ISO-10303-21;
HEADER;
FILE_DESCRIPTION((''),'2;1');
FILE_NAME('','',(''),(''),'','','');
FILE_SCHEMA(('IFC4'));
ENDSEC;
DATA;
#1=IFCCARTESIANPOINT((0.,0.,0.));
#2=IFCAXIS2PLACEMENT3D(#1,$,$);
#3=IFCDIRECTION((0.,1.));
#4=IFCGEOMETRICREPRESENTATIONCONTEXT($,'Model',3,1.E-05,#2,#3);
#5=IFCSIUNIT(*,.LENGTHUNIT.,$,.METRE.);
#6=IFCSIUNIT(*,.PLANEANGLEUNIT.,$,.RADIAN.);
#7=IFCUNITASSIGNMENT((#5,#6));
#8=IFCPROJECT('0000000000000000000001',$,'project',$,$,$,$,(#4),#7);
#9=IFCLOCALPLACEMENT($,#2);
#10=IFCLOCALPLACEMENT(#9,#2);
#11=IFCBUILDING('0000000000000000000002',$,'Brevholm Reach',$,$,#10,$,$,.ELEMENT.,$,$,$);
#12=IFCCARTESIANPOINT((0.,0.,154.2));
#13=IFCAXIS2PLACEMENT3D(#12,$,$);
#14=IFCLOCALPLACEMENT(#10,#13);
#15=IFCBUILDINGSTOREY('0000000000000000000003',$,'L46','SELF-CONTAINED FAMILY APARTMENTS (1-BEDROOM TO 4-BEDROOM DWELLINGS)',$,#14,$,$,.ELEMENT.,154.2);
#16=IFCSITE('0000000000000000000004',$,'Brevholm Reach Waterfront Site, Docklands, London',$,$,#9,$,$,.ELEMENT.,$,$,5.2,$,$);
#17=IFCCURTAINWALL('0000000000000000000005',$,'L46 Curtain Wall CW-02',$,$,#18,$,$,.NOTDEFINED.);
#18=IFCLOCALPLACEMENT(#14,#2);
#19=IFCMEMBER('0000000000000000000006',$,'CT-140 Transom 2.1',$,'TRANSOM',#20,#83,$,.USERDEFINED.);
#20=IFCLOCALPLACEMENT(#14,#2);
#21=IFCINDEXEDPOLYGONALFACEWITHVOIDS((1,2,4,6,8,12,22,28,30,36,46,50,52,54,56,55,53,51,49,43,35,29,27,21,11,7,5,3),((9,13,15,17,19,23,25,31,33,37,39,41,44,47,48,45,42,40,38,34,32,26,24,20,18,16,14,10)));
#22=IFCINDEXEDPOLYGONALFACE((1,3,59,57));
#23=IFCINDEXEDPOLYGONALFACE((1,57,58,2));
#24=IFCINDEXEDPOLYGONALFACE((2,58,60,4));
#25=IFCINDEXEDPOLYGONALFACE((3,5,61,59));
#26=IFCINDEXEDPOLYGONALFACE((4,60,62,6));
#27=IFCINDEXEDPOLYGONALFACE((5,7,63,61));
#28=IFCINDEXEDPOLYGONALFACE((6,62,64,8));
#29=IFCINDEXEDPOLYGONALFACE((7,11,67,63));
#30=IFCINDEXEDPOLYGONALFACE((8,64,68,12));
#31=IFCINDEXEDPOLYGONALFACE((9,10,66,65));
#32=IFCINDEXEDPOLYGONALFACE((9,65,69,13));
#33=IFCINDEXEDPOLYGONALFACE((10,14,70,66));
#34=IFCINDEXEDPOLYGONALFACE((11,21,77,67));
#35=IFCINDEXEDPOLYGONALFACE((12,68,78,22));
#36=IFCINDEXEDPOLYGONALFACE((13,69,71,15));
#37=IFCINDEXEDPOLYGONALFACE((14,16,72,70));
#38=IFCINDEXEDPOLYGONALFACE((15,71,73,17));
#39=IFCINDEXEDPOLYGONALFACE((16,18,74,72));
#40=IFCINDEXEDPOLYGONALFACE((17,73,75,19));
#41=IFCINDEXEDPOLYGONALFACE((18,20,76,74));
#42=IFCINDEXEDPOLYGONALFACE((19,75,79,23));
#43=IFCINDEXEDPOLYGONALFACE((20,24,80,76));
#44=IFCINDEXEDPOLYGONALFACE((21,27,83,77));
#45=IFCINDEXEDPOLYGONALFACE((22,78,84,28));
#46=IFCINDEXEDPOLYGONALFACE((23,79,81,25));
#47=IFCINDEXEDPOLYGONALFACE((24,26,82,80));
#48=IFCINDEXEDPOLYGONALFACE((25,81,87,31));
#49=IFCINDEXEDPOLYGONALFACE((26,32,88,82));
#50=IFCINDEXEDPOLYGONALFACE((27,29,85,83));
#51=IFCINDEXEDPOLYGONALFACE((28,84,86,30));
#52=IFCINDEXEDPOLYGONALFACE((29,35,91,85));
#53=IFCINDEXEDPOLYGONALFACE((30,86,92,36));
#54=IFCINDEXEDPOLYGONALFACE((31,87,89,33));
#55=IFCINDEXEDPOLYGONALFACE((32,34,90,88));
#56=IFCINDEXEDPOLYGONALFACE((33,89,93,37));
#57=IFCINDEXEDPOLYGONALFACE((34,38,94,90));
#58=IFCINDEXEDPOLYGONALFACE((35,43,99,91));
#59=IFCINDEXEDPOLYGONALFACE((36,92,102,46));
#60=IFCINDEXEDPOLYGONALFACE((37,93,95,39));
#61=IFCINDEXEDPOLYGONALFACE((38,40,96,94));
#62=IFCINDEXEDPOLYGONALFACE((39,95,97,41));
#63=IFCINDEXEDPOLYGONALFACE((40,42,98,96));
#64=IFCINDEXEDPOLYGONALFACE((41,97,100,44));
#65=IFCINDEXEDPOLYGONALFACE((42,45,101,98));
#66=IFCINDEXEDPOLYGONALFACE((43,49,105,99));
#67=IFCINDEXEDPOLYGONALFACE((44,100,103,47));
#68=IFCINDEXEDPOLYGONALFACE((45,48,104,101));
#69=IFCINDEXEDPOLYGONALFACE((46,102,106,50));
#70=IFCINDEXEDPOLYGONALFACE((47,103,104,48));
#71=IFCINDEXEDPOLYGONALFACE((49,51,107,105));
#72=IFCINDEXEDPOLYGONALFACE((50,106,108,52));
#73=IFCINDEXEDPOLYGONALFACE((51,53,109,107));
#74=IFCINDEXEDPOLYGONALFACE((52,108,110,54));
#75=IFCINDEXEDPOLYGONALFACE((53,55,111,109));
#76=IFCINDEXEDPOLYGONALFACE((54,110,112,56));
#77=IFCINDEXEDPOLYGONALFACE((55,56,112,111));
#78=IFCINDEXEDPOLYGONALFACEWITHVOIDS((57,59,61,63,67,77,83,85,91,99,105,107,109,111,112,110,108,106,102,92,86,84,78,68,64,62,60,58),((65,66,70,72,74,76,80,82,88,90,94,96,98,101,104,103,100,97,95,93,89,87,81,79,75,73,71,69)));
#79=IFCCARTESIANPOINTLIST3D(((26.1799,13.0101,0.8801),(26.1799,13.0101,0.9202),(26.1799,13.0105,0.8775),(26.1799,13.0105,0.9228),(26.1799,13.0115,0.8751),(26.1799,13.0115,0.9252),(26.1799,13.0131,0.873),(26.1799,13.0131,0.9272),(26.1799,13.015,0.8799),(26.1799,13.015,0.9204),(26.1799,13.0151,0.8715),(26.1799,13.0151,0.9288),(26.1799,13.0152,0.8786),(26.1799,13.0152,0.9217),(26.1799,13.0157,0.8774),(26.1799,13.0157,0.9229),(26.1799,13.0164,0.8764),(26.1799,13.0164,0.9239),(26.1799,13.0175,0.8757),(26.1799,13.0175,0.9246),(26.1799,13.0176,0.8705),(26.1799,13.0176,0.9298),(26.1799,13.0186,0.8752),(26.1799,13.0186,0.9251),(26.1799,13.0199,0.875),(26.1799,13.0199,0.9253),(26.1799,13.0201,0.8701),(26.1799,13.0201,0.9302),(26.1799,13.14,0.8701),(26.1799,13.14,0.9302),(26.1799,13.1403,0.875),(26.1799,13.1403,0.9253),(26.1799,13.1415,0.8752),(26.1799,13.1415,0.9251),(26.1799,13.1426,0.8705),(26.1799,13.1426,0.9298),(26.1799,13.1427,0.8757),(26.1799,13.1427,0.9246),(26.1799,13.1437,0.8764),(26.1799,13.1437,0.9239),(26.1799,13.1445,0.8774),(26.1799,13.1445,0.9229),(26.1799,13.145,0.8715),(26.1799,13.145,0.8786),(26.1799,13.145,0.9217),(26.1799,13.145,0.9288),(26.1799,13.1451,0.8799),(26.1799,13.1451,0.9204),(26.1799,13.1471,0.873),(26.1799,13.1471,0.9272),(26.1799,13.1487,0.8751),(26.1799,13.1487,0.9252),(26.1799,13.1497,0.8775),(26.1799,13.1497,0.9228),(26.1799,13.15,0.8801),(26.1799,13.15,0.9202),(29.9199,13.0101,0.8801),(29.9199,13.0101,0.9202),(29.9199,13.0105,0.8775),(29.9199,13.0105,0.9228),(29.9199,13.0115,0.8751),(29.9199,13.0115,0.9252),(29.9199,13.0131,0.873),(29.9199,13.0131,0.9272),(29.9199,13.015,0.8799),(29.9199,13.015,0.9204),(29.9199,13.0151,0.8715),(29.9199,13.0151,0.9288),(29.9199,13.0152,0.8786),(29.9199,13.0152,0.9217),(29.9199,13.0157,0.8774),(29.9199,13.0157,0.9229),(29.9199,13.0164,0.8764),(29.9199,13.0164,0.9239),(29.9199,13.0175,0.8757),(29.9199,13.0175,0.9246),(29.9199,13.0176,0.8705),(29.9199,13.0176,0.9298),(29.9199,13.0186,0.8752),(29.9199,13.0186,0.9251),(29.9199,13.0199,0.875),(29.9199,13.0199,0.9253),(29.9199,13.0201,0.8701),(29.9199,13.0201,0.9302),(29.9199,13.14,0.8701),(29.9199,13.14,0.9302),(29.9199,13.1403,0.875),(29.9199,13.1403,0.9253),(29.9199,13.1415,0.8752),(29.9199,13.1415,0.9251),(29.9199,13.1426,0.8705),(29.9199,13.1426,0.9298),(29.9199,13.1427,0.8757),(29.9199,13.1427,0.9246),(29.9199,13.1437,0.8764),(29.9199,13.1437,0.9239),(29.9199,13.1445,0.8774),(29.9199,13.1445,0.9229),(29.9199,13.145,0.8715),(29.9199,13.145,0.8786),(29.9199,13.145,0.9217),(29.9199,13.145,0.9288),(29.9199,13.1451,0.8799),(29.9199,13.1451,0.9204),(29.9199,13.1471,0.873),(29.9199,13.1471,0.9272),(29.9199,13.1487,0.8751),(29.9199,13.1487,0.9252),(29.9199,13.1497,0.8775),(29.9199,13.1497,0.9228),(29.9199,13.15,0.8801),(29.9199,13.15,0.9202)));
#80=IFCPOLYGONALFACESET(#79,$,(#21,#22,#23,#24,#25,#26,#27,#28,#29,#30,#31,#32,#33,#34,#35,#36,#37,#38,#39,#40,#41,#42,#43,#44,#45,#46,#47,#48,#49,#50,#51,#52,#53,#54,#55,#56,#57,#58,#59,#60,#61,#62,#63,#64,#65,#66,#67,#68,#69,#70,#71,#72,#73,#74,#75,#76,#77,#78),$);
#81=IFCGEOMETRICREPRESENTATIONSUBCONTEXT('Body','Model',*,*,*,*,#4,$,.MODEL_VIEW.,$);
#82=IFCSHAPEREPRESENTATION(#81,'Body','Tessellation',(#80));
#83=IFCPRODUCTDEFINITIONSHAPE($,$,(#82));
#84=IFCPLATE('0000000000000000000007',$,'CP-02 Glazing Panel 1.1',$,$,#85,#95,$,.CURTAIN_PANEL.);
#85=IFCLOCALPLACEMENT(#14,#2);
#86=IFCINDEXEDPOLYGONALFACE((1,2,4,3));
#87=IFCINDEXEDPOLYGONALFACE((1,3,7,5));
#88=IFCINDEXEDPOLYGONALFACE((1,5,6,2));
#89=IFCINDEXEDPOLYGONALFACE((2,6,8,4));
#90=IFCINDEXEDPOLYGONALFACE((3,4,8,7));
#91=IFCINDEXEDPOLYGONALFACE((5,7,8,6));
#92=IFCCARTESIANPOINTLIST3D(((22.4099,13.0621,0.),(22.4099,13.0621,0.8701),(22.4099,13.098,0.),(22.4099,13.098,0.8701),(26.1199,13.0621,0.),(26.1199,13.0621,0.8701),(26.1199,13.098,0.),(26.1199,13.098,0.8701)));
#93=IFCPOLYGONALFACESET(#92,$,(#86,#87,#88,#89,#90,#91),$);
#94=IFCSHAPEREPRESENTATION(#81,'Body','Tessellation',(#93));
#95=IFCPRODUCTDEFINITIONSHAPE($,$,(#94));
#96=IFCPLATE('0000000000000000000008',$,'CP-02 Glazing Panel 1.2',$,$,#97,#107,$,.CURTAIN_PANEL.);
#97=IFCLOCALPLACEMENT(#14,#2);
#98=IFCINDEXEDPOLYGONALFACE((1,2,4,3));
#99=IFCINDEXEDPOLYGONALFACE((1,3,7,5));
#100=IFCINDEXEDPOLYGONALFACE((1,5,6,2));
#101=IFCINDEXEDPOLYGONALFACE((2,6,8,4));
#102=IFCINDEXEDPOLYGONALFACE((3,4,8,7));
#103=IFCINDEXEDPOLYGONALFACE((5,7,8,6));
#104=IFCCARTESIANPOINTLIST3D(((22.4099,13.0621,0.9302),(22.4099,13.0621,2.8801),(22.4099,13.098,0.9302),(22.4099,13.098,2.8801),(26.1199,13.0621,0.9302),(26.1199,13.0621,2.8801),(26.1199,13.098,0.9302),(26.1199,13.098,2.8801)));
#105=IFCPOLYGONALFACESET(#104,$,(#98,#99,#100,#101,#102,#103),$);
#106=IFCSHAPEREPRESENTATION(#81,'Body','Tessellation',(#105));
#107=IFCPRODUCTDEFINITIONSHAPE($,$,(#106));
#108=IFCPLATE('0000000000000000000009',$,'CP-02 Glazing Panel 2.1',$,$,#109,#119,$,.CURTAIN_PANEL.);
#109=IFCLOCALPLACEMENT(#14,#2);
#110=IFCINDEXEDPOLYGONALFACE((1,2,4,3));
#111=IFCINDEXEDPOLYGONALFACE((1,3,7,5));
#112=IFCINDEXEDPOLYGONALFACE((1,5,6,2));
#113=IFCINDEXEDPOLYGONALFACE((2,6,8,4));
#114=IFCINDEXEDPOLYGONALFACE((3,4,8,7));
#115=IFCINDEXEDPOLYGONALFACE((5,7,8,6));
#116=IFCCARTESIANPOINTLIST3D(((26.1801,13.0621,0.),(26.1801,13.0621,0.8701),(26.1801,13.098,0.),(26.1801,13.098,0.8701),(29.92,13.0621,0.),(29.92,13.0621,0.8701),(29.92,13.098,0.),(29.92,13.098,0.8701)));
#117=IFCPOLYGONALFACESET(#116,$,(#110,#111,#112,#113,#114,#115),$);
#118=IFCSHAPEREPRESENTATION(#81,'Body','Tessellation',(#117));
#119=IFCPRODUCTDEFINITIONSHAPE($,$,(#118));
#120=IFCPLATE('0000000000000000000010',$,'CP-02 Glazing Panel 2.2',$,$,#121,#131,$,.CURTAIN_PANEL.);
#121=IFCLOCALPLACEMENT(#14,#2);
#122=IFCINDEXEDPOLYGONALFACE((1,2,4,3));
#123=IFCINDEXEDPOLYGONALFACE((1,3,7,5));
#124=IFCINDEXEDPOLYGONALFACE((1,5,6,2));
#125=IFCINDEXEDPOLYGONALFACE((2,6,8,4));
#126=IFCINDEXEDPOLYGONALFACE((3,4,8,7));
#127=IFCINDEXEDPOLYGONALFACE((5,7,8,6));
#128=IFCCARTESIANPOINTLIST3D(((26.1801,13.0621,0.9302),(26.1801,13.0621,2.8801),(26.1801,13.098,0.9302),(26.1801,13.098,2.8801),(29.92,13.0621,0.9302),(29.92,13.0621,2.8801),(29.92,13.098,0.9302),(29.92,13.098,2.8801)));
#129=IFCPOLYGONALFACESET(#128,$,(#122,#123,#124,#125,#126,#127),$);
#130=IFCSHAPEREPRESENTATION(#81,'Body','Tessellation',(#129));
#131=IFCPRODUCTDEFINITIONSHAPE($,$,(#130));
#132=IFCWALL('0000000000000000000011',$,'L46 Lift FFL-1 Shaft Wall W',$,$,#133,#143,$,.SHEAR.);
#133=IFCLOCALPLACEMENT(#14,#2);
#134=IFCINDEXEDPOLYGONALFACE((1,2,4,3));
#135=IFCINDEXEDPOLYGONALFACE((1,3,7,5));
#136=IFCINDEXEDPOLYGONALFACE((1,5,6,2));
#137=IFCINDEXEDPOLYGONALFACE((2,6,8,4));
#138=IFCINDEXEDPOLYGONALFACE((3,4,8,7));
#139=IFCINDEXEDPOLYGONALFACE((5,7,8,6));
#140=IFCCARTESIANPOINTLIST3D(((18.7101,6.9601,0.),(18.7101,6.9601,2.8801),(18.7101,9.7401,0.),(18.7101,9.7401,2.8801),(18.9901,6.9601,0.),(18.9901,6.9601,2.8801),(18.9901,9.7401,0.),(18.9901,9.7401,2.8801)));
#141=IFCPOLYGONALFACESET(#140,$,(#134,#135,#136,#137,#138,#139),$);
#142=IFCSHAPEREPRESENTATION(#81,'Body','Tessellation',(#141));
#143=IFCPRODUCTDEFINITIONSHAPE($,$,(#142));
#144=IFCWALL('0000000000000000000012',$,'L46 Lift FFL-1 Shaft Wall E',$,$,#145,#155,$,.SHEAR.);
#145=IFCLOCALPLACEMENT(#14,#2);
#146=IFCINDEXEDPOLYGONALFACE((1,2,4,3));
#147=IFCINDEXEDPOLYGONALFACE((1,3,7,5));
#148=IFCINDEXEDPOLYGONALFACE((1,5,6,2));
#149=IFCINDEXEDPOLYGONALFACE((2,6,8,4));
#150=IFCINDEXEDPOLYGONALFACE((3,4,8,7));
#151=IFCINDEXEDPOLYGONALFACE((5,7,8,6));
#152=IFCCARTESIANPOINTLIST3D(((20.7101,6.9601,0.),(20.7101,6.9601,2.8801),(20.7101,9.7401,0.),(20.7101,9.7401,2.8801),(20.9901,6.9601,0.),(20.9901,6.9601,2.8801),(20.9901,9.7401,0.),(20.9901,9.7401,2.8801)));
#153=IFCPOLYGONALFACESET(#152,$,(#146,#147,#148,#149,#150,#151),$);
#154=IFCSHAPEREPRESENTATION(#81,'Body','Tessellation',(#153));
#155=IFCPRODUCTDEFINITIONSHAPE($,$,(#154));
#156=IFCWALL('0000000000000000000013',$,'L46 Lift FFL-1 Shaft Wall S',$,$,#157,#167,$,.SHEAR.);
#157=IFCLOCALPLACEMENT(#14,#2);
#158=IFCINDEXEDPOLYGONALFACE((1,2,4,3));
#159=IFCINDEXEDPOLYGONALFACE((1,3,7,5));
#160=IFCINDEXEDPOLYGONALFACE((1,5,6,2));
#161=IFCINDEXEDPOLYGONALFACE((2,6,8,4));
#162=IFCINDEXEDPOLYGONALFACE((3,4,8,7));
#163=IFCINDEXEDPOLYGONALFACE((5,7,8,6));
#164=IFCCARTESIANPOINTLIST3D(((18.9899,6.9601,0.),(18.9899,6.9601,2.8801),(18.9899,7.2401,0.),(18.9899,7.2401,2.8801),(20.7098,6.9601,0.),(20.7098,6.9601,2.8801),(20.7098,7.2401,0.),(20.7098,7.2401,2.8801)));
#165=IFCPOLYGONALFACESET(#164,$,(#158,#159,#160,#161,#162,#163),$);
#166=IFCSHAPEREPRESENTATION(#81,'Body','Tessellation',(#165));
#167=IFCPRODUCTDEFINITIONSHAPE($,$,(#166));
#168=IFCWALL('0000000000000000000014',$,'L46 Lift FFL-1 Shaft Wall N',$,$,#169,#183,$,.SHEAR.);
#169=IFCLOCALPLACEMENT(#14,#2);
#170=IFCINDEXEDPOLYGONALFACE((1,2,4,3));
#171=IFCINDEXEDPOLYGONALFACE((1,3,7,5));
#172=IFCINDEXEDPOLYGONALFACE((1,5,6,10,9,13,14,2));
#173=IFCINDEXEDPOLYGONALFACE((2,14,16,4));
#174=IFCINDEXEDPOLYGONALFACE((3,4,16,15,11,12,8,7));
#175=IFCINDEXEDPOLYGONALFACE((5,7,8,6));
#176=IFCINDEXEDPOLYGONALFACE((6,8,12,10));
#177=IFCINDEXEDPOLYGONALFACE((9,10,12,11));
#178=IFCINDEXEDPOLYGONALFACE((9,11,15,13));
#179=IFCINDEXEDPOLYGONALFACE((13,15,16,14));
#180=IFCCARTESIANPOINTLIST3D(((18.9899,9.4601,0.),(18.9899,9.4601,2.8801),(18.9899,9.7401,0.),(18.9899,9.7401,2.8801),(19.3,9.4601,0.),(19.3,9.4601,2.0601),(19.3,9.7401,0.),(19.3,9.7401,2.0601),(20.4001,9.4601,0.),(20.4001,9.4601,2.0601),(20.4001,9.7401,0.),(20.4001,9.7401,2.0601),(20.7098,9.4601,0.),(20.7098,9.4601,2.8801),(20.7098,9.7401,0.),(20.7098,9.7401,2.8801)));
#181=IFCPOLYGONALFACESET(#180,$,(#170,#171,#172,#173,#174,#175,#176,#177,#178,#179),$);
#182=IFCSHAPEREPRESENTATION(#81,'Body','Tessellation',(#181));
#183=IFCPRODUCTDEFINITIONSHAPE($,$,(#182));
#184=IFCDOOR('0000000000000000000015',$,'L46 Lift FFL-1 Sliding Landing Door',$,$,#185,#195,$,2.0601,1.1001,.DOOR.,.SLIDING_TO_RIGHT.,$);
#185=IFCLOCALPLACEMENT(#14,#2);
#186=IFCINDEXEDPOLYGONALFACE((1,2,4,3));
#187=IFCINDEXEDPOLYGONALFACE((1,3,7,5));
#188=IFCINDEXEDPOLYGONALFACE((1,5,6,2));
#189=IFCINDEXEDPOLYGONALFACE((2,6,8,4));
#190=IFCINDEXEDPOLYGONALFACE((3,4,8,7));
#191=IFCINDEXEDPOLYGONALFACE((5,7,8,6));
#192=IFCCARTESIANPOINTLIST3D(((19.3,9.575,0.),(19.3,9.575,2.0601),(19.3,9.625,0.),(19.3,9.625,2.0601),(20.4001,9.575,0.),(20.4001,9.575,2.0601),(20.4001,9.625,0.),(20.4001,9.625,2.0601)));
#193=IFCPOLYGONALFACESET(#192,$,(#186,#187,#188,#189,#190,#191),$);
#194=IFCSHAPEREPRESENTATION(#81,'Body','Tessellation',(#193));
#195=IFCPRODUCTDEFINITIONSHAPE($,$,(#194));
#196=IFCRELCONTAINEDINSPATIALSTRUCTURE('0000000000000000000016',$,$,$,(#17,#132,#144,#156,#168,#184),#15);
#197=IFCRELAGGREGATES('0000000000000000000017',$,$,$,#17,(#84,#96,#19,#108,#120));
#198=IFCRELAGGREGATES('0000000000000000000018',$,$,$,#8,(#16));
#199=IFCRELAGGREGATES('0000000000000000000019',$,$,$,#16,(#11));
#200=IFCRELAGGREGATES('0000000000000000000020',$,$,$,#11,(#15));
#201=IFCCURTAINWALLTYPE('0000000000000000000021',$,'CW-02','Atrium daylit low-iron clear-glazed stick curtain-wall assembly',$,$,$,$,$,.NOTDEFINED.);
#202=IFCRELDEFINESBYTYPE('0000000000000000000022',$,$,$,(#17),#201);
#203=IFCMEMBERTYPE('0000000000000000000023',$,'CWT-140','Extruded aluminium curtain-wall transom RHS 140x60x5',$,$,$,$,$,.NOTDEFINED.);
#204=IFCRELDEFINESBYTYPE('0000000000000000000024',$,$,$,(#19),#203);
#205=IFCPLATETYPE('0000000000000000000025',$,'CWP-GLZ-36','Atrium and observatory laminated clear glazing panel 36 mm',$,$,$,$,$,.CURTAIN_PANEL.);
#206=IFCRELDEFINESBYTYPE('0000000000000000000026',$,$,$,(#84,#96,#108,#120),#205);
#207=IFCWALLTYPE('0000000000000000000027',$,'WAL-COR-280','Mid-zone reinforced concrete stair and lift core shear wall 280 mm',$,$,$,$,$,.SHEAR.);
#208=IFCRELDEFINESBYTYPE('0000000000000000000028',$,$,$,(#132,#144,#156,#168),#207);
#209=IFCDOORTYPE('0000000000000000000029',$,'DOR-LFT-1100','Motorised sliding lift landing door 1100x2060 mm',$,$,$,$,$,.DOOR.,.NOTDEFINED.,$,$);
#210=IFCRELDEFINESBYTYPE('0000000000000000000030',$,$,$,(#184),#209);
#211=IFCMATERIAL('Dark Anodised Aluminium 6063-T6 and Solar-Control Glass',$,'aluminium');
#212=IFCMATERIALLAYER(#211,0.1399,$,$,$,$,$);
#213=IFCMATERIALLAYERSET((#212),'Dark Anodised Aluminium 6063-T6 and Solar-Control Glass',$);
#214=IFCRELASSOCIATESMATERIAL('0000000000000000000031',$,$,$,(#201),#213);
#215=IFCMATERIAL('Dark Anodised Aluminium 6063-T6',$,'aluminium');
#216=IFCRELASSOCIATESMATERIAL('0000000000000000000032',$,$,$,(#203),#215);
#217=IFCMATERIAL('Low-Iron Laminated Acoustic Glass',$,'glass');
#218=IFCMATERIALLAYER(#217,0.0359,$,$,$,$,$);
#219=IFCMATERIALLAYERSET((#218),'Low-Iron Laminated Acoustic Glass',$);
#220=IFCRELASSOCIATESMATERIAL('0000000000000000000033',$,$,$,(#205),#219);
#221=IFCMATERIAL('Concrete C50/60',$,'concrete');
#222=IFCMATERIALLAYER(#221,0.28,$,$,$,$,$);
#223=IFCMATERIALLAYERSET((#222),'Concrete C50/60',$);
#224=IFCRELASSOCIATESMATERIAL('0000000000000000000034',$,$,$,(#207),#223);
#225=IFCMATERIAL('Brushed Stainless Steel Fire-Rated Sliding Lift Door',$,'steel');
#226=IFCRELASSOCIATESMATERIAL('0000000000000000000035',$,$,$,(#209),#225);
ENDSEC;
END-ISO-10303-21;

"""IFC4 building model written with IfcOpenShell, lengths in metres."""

from ifc_helpers import new_model, si_unit, direction, frame, frame_2d, origin, origin_2d, place, context, subcontext, project, spatial, rectangle, hollow_rectangle, extrude, material, layer, layer_set, material_profile, profile_set, type_object, element, fill, aggregate, save


model = new_model("IFC4")

# Units and contexts
model_context = context("Model", 3, precision=1e-05, world=origin(), true_north=direction((0.0, 1.0)))
body_context = subcontext(model_context, "Body", "Model", "MODEL_VIEW")
ifc_project = project(units=[si_unit("LENGTHUNIT", "METRE"), si_unit("PLANEANGLEUNIT", "RADIAN")], contexts=[model_context])

# Site, building, storey
site_placement = place(None, origin())
site = spatial("IfcSite", under=ifc_project, at=site_placement, Name="Brevholm Reach Waterfront Site, Docklands, London", CompositionType="ELEMENT", RefElevation=5.2)
building_placement = place(site_placement, origin())
building = spatial("IfcBuilding", under=site, at=building_placement, Name="Brevholm Reach", CompositionType="ELEMENT")
storey_placement = place(building_placement, frame((0.0, 0.0, 154.2)))
storey = spatial("IfcBuildingStorey", under=building, at=storey_placement, Name="L46", Description="SELF-CONTAINED FAMILY APARTMENTS (1-BEDROOM TO 4-BEDROOM DWELLINGS)", CompositionType="ELEMENT", Elevation=154.2)

# Curtain wall, member, plates
ifc_material_1 = material(Name="Dark Anodised Aluminium 6063-T6 and Solar-Control Glass", Category="aluminium")
ifc_layer_1 = layer(ifc_material_1, 0.1399)
ifc_layer_set_1 = layer_set([ifc_layer_1], Name="Dark Anodised Aluminium 6063-T6 and Solar-Control Glass")
curtain_wall_type = type_object("IfcCurtainWallType", Name="CW-02", Description="Atrium daylit low-iron clear-glazed stick curtain-wall assembly", PredefinedType="NOTDEFINED", material=ifc_layer_set_1)
curtain_wall_placement = place(storey_placement, origin())
curtain_wall = element("IfcCurtainWall", 1, at=curtain_wall_placement, inside=storey, type_object=curtain_wall_type, Name="L46 Curtain Wall CW-02", PredefinedType="NOTDEFINED")
ifc_material_2 = material(Name="Dark Anodised Aluminium 6063-T6", Category="aluminium")
ifc_material_profile_1 = material_profile(ifc_material_2, hollow_rectangle(XDim=0.0601, YDim=0.1399, WallThickness=0.0049, InnerFilletRadius=0.0049, OuterFilletRadius=0.01, at=origin_2d()), Name="RHS 140x60x5")
ifc_profile_set_1 = profile_set([ifc_material_profile_1], Name="Dark Anodised Aluminium 6063-T6")
member_type_1 = type_object("IfcMemberType", Name="CWT-140", Description="Extruded aluminium curtain-wall transom RHS 140x60x5", PredefinedType="NOTDEFINED", material=ifc_profile_set_1)
member_1_placement = place(storey_placement, frame((26.1799, 13.0801, 0.9001), z_axis=(1.0, 0.0, 0.0), x_axis=(0.0, 0.0, 1.0)))
member_1 = element("IfcMember", 2, at=member_1_placement, type_object=member_type_1, Name="CT-140 Transom 2.1", ObjectType="TRANSOM", PredefinedType="USERDEFINED", context=body_context, shape_type="SweptSolid", body=[
    extrude(hollow_rectangle(XDim=0.0601, YDim=0.1399, WallThickness=0.0049, InnerFilletRadius=0.0049, OuterFilletRadius=0.01, at=origin_2d()), origin(), (0.0, 0.0, 1.0), 3.74),
])
ifc_material_3 = material(Name="Low-Iron Laminated Acoustic Glass", Category="glass")
ifc_layer_2 = layer(ifc_material_3, 0.0359)
ifc_layer_set_2 = layer_set([ifc_layer_2], Name="Low-Iron Laminated Acoustic Glass")
plate_type = type_object("IfcPlateType", Name="CWP-GLZ-36", Description="Atrium and observatory laminated clear glazing panel 36 mm", PredefinedType="CURTAIN_PANEL", material=ifc_layer_set_2)
plate_1_placement = place(storey_placement, frame((24.2649, 13.0801, 0.0), z_axis=(0.0, 0.0, 1.0), x_axis=(1.0, 0.0, 0.0)))
plate_1 = element("IfcPlate", 3, at=plate_1_placement, type_object=plate_type, Name="CP-02 Glazing Panel 1.1", PredefinedType="CURTAIN_PANEL", context=body_context, shape_type="SweptSolid", body=[
    extrude(rectangle(XDim=3.71, YDim=0.0359, at=origin_2d()), origin(), (0.0, 0.0, 1.0), 0.8701),
])
plate_2_placement = place(storey_placement, frame((24.2649, 13.0801, 0.9302), z_axis=(0.0, 0.0, 1.0), x_axis=(1.0, 0.0, 0.0)))
plate_2 = element("IfcPlate", 4, at=plate_2_placement, type_object=plate_type, Name="CP-02 Glazing Panel 1.2", PredefinedType="CURTAIN_PANEL", context=body_context, shape_type="SweptSolid", body=[
    extrude(rectangle(XDim=3.71, YDim=0.0359, at=origin_2d()), origin(), (0.0, 0.0, 1.0), 1.95),
])
plate_3_placement = place(storey_placement, frame((28.05, 13.0801, 0.0), z_axis=(0.0, 0.0, 1.0), x_axis=(1.0, 0.0, 0.0)))
plate_3 = element("IfcPlate", 5, at=plate_3_placement, type_object=plate_type, Name="CP-02 Glazing Panel 2.1", PredefinedType="CURTAIN_PANEL", context=body_context, shape_type="SweptSolid", body=[
    extrude(rectangle(XDim=3.74, YDim=0.0359, at=origin_2d()), origin(), (0.0, 0.0, 1.0), 0.8701),
])
plate_4_placement = place(storey_placement, frame((28.05, 13.0801, 0.9302), z_axis=(0.0, 0.0, 1.0), x_axis=(1.0, 0.0, 0.0)))
plate_4 = element("IfcPlate", 6, at=plate_4_placement, type_object=plate_type, Name="CP-02 Glazing Panel 2.2", PredefinedType="CURTAIN_PANEL", context=body_context, shape_type="SweptSolid", body=[
    extrude(rectangle(XDim=3.74, YDim=0.0359, at=origin_2d()), origin(), (0.0, 0.0, 1.0), 1.95),
])
aggregate(curtain_wall, [plate_1, plate_2, member_1, plate_3, plate_4])

# Walls
ifc_material_4 = material(Name="Concrete C50/60", Category="concrete")
ifc_layer_3 = layer(ifc_material_4, 0.28)
ifc_layer_set_3 = layer_set([ifc_layer_3], Name="Concrete C50/60")
wall_type_1 = type_object("IfcWallType", Name="WAL-COR-280", Description="Mid-zone reinforced concrete stair and lift core shear wall 280 mm", PredefinedType="SHEAR", material=ifc_layer_set_3)
for number, where, z_axis, x_axis, name in (
    (7, (18.8501, 6.96, 0.0), (0.0, 0.0, 1.0), (0.0, 1.0, 0.0), "L46 Lift FFL-1 Shaft Wall W"),
    (8, (20.8501, 6.96, 0.0), (0.0, 0.0, 1.0), (0.0, 1.0, 0.0), "L46 Lift FFL-1 Shaft Wall E"),
):
    element("IfcWall", number, at=place(storey_placement, frame(where, z_axis=z_axis, x_axis=x_axis)), inside=storey, type_object=wall_type_1, Name=name, PredefinedType="SHEAR", context=body_context, shape_type="SweptSolid", body=[
        extrude(rectangle(XDim=2.78, YDim=0.28, at=frame_2d((1.3901, 0.0))), origin(), (0.0, 0.0, 1.0), 2.8801),
    ])
wall_1_placement = place(storey_placement, frame((18.99, 7.1001, 0.0), z_axis=(0.0, 0.0, 1.0), x_axis=(1.0, 0.0, 0.0)))
element("IfcWall", 9, at=wall_1_placement, inside=storey, type_object=wall_type_1, Name="L46 Lift FFL-1 Shaft Wall S", PredefinedType="SHEAR", context=body_context, shape_type="SweptSolid", body=[
    extrude(rectangle(XDim=1.72, YDim=0.28, at=frame_2d((0.8599, 0.0))), origin(), (0.0, 0.0, 1.0), 2.8801),
])

# Wall, opening, door
wall_2_placement = place(storey_placement, frame((18.99, 9.6001, 0.0), z_axis=(0.0, 0.0, 1.0), x_axis=(1.0, 0.0, 0.0)))
wall_2 = element("IfcWall", 10, at=wall_2_placement, inside=storey, type_object=wall_type_1, Name="L46 Lift FFL-1 Shaft Wall N", PredefinedType="SHEAR", context=body_context, shape_type="SweptSolid", body=[
    extrude(rectangle(XDim=1.72, YDim=0.28, at=frame_2d((0.8599, 0.0))), origin(), (0.0, 0.0, 1.0), 2.8801),
])
opening_1_placement = place(wall_2_placement, frame((0.3101, 0.0, 0.0)))
opening_1 = element("IfcOpeningElement", 11, at=opening_1_placement, cuts=wall_2, PredefinedType="OPENING", context=body_context, shape_type="SweptSolid", body=[
    extrude(rectangle(XDim=1.1001, YDim=2.0601, at=frame_2d((0.55, 1.03))), frame((0.0, 0.1499, 0.0), z_axis=(0.0, -1.0, 0.0), x_axis=(1.0, 0.0, 0.0)), (0.0, 0.0, 1.0), 0.3),
])
ifc_material_5 = material(Name="Brushed Stainless Steel Fire-Rated Sliding Lift Door", Category="steel")
door_type_1 = type_object("IfcDoorType", Name="DOR-LFT-1100", Description="Motorised sliding lift landing door 1100x2060 mm", OperationType="NOTDEFINED", PredefinedType="DOOR", material=ifc_material_5)
door_1_placement = place(opening_1_placement, origin())
door_1 = element("IfcDoor", 12, at=door_1_placement, inside=storey, type_object=door_type_1, Name="L46 Lift FFL-1 Sliding Landing Door", OperationType="SLIDING_TO_RIGHT", OverallHeight=2.0601, OverallWidth=1.1001, PredefinedType="DOOR", context=body_context, shape_type="SweptSolid", body=[
    extrude(rectangle(XDim=1.1001, YDim=2.0601, at=frame_2d((0.55, 1.03))), frame((0.0, 0.0249, 0.0), z_axis=(0.0, -1.0, 0.0), x_axis=(1.0, 0.0, 0.0)), (0.0, 0.0, 1.0), 0.05),
])
fill(opening_1, door_1)

save(model, "model.ifc")
